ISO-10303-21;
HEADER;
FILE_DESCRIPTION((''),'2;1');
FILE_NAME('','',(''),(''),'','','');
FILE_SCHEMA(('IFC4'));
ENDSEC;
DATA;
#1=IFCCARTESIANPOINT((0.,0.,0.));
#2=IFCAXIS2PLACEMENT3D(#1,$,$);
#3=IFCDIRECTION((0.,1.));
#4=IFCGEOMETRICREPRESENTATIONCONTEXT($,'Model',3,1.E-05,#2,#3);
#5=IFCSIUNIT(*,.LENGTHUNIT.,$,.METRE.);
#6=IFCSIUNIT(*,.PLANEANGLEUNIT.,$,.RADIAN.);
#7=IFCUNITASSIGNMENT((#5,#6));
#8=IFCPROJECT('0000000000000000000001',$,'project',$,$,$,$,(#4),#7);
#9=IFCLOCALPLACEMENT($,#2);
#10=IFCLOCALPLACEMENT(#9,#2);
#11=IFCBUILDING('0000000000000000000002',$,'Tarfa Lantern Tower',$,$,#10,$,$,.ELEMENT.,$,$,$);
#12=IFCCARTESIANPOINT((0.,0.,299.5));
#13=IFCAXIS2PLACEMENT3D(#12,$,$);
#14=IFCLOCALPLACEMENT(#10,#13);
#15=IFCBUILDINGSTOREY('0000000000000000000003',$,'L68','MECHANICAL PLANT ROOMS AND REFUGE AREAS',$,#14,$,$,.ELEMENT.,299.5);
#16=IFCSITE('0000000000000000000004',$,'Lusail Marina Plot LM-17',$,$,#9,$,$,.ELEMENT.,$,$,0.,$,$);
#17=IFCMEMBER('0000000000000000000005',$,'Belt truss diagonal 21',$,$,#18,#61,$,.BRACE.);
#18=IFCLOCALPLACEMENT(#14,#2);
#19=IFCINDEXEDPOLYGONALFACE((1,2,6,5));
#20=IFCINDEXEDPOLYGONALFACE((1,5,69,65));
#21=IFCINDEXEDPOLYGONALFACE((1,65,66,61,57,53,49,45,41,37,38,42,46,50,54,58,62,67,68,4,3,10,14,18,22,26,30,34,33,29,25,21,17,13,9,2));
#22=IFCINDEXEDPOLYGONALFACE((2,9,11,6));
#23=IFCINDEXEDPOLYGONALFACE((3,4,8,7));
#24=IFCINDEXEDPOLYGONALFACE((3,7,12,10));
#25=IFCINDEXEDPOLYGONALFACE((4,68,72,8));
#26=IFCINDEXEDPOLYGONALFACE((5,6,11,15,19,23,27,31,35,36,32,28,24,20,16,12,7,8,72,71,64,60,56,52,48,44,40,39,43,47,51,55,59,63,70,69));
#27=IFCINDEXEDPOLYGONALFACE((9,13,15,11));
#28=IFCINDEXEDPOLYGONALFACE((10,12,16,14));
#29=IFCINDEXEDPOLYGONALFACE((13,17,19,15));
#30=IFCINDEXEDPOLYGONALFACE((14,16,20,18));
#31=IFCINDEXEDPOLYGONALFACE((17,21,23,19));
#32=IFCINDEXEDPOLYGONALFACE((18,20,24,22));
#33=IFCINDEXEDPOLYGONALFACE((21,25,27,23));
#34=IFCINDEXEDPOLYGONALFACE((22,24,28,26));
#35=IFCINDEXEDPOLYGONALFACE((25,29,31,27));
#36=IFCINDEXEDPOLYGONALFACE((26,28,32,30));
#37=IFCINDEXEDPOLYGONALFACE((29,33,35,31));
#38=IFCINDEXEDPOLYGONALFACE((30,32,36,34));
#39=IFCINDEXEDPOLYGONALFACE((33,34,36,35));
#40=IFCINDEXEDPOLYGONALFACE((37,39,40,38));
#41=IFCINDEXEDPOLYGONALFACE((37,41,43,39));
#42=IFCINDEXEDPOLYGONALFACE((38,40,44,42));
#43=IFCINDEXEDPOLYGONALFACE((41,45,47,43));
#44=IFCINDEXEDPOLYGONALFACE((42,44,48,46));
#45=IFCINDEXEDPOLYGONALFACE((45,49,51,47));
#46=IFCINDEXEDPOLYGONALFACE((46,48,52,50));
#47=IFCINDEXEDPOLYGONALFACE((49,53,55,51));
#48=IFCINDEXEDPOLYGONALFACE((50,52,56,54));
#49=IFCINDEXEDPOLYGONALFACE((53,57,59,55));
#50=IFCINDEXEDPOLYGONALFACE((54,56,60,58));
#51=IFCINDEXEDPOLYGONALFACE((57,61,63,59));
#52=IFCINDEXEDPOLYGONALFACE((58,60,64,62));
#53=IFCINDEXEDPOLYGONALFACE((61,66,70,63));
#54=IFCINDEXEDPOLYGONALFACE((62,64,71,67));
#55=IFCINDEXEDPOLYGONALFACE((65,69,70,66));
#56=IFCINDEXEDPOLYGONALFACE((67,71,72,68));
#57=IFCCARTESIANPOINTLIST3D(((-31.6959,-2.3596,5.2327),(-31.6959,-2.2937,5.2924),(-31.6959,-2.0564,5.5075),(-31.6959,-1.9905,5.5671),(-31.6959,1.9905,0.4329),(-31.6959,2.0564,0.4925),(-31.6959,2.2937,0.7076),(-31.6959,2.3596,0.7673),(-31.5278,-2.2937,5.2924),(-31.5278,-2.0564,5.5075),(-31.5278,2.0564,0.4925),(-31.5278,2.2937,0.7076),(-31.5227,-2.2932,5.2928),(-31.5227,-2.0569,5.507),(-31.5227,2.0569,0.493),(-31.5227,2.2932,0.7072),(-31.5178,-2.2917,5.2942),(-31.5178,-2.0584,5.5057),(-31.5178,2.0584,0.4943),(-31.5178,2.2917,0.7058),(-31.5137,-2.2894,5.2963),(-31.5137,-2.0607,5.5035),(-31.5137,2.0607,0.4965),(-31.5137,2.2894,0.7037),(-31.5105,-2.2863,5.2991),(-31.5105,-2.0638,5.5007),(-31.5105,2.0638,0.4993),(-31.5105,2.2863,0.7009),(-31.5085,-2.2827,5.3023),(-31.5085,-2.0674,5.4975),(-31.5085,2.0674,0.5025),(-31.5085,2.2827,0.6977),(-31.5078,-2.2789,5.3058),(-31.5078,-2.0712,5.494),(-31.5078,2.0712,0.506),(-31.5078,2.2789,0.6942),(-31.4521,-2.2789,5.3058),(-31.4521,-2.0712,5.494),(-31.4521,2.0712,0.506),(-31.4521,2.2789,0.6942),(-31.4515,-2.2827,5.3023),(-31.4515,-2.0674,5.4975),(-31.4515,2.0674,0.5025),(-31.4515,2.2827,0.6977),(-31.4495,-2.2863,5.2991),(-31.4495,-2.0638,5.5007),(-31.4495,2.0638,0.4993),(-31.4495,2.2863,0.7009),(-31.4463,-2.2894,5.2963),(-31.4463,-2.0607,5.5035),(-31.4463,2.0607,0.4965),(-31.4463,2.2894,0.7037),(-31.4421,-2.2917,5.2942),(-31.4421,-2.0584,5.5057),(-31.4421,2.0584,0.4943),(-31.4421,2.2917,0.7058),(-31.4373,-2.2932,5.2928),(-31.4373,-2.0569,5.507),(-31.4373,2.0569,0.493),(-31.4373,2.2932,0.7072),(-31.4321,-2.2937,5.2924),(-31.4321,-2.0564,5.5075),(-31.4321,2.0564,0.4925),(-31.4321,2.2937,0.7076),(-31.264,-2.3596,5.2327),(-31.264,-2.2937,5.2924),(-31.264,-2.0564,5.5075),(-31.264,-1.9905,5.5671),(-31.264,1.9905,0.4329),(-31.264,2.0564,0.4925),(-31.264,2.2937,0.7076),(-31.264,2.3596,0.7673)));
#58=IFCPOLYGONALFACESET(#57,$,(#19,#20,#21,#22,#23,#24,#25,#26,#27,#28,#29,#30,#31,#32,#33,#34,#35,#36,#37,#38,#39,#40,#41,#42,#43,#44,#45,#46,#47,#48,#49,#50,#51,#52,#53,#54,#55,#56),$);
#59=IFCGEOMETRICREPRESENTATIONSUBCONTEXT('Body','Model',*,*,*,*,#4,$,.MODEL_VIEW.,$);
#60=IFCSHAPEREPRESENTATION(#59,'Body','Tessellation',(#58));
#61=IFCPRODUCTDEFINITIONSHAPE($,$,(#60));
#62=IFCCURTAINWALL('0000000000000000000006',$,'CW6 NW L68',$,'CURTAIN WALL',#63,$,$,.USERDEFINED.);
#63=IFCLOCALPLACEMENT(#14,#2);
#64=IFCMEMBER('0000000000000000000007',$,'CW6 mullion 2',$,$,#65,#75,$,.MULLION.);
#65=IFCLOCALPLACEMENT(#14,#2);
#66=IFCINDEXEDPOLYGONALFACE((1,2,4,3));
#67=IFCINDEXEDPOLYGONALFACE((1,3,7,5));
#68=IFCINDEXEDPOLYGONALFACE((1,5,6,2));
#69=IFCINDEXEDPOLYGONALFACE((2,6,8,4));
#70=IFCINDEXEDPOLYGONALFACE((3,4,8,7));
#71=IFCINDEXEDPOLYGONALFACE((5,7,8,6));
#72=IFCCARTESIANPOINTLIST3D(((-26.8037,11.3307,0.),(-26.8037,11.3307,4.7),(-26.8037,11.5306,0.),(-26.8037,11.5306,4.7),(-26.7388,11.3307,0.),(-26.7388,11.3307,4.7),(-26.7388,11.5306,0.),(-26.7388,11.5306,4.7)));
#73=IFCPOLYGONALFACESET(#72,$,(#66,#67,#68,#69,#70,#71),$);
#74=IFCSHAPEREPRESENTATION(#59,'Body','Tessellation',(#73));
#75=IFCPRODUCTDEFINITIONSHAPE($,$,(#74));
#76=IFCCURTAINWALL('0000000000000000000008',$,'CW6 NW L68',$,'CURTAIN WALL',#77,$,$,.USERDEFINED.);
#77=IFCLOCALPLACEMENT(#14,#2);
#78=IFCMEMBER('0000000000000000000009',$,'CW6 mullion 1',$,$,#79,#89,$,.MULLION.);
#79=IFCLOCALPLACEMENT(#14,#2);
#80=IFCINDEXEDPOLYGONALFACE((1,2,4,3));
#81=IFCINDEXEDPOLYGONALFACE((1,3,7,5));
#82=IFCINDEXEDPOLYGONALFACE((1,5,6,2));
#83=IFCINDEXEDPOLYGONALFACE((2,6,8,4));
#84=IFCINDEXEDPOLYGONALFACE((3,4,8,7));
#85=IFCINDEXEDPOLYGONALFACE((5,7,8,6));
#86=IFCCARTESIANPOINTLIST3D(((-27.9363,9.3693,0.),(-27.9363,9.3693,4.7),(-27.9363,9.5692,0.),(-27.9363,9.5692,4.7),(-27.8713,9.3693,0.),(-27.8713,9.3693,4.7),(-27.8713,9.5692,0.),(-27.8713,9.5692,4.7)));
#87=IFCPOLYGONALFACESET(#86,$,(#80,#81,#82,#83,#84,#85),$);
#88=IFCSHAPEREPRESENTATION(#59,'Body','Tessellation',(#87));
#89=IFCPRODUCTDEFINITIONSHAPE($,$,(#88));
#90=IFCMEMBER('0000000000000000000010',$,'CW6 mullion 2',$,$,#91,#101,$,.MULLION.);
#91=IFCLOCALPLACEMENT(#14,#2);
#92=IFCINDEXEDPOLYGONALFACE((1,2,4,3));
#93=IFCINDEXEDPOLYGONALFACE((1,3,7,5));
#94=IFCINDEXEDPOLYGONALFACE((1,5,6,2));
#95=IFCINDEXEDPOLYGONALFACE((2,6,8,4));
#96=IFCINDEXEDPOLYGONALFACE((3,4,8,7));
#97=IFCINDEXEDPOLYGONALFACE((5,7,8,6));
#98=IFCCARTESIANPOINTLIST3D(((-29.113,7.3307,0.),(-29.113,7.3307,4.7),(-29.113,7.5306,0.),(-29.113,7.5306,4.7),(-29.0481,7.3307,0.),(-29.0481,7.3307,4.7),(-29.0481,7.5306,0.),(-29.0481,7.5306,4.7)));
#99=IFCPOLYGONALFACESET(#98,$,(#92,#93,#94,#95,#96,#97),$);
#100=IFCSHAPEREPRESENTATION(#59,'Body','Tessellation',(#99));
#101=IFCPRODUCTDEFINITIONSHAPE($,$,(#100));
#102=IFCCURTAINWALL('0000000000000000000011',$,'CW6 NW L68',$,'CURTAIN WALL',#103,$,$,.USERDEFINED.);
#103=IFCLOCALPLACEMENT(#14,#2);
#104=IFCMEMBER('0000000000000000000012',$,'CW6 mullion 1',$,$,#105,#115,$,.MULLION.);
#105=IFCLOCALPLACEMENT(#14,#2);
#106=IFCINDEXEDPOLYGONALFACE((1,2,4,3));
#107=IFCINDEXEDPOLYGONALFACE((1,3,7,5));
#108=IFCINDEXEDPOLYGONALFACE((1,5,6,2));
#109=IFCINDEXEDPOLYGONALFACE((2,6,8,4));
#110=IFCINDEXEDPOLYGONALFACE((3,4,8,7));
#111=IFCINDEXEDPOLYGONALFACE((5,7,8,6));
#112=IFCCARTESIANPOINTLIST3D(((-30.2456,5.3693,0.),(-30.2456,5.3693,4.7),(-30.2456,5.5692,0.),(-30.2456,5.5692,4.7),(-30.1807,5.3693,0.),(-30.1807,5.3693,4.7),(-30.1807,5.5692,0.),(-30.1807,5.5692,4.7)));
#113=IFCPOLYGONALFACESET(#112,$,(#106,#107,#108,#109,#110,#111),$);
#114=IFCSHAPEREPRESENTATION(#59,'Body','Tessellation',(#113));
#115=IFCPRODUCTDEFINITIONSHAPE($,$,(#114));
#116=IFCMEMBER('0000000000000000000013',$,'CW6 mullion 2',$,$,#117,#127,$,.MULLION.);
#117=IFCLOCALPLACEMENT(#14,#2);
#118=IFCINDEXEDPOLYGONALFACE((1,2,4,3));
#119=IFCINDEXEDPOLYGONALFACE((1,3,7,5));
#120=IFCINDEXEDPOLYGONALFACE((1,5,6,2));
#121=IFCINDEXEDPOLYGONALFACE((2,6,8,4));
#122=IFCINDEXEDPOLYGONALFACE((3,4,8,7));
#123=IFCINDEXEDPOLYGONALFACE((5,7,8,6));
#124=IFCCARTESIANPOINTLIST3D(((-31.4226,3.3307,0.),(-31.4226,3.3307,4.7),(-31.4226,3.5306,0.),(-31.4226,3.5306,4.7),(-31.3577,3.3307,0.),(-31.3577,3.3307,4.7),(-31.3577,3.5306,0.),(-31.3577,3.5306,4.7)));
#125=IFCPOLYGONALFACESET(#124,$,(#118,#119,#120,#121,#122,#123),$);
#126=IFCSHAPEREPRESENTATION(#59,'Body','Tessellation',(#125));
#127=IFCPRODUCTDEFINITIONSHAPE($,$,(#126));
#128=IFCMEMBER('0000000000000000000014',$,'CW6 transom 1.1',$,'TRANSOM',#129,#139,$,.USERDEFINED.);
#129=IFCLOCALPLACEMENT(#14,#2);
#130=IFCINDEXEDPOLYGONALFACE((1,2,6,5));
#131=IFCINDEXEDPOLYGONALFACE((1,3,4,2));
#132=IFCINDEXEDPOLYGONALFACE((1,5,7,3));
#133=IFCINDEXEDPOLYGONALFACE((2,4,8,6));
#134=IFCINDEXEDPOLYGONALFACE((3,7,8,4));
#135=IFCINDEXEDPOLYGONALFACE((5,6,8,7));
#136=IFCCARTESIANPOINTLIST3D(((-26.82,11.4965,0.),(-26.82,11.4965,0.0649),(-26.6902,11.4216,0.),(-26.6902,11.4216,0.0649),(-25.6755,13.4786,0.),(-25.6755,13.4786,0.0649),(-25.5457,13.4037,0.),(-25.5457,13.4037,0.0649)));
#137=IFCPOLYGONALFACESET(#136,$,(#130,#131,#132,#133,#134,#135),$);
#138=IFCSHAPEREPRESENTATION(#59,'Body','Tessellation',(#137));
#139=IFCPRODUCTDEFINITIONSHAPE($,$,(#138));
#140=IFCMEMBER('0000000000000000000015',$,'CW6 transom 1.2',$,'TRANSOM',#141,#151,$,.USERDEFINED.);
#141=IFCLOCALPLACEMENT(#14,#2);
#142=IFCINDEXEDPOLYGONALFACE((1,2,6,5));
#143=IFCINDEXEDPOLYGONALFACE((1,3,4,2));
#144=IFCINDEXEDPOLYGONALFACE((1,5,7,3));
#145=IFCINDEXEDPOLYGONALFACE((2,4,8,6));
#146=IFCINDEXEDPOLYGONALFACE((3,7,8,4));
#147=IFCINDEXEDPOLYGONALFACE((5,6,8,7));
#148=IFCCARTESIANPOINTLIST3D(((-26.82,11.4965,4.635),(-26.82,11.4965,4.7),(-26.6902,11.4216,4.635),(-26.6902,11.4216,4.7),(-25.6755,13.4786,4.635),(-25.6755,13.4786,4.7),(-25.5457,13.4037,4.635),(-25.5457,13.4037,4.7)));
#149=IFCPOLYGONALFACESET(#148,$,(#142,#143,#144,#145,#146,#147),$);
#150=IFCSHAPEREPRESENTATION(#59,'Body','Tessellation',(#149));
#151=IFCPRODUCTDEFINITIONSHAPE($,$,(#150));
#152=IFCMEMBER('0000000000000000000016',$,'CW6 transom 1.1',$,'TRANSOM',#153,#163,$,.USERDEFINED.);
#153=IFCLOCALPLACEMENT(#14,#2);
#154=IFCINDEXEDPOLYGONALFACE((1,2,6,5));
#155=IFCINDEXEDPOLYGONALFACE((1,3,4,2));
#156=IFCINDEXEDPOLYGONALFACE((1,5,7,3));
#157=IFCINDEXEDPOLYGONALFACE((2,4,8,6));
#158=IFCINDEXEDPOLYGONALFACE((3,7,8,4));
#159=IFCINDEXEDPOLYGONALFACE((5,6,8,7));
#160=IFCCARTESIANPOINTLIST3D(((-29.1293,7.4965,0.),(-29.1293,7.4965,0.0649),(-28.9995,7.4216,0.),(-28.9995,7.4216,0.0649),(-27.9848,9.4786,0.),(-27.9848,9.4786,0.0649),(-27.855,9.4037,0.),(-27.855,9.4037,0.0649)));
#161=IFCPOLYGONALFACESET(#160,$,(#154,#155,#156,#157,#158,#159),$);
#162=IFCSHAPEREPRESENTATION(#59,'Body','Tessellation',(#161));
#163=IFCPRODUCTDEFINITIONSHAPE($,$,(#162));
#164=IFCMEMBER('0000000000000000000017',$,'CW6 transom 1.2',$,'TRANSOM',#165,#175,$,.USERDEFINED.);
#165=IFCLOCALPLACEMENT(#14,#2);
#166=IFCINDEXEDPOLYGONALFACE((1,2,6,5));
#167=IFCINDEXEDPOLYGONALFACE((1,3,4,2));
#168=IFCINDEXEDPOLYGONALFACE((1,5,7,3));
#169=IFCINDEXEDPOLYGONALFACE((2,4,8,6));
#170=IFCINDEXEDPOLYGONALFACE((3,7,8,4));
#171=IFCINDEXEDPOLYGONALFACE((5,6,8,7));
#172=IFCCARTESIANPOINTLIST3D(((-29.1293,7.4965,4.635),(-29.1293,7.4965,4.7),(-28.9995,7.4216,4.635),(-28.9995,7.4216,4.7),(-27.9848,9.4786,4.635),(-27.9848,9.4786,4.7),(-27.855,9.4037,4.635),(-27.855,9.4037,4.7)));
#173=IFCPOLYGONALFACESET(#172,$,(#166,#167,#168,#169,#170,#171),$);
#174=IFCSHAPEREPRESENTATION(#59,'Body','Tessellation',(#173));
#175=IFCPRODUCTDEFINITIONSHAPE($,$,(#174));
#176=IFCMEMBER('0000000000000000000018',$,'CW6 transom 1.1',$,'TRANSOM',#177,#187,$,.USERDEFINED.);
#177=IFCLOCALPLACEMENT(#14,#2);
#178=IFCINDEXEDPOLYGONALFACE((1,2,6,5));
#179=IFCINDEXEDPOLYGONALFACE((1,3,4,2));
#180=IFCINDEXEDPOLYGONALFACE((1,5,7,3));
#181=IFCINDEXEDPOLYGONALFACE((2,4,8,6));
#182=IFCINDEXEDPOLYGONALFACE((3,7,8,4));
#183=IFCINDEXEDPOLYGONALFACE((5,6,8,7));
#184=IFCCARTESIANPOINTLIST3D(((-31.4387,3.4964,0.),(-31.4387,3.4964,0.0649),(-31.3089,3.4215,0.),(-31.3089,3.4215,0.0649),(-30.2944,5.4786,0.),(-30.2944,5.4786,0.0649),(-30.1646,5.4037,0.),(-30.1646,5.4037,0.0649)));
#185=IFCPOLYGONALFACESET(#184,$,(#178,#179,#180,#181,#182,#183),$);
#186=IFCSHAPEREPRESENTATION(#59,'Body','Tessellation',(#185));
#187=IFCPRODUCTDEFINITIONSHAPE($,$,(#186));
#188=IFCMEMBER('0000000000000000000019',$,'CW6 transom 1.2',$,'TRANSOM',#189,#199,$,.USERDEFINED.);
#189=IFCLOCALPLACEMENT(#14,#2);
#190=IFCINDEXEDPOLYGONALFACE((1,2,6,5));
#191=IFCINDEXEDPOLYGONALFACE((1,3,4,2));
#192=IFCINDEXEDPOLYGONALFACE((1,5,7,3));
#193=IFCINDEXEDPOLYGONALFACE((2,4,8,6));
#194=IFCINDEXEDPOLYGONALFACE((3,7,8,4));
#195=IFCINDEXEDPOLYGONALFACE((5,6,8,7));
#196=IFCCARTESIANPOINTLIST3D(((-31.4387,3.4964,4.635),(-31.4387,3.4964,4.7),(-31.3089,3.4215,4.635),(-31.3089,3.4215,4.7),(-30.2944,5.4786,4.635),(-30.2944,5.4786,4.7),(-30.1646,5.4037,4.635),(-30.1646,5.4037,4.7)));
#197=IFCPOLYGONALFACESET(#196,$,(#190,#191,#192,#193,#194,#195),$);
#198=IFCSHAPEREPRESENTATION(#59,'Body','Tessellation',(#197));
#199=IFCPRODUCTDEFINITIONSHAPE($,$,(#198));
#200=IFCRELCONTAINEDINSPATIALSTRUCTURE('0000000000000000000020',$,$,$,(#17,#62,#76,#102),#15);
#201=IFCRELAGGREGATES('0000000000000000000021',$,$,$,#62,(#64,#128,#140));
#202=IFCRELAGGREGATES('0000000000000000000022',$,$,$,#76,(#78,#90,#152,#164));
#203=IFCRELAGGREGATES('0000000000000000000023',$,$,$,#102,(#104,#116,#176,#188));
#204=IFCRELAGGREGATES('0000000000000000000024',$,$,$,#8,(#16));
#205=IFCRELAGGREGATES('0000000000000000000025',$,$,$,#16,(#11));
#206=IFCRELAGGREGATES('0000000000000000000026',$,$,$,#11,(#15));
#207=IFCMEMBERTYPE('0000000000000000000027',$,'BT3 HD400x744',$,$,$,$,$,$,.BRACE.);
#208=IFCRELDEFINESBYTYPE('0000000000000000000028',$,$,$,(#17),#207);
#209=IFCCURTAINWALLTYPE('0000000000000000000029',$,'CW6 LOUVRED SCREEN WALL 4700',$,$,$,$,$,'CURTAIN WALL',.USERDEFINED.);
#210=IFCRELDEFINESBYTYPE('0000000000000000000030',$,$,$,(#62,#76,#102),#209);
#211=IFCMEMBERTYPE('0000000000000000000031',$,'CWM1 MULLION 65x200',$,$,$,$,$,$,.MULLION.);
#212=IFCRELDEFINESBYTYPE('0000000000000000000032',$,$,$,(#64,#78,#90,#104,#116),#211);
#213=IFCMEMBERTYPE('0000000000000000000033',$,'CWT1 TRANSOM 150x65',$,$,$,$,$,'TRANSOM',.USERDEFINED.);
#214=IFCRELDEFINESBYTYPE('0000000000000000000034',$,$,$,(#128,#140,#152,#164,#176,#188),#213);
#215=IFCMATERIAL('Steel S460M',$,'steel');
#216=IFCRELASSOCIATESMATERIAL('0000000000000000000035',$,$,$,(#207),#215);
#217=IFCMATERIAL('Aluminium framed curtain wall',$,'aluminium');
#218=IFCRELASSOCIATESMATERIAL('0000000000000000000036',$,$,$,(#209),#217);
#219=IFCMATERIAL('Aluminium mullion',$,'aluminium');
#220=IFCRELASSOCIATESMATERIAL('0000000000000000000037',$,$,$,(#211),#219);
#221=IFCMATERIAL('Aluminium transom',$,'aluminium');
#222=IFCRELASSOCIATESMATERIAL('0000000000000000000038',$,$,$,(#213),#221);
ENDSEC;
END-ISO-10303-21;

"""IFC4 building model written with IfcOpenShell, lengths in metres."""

from ifc_helpers import new_model, si_unit, direction, frame, origin, origin_2d, place, context, subcontext, project, spatial, rectangle, i_section, extrude, material, material_profile, profile_set, type_object, element, aggregate, save


model = new_model("IFC4")

# Units and contexts
model_context = context("Model", 3, precision=1e-05, world=origin(), true_north=direction((0.0, 1.0)))
body_context = subcontext(model_context, "Body", "Model", "MODEL_VIEW")
ifc_project = project(units=[si_unit("LENGTHUNIT", "METRE"), si_unit("PLANEANGLEUNIT", "RADIAN")], contexts=[model_context])

# Site, building, storey
site_placement = place(None, origin())
site = spatial("IfcSite", under=ifc_project, at=site_placement, Name="Lusail Marina Plot LM-17", CompositionType="ELEMENT", RefElevation=0.0)
building_placement = place(site_placement, origin())
building = spatial("IfcBuilding", under=site, at=building_placement, Name="Tarfa Lantern Tower", CompositionType="ELEMENT")
storey_placement = place(building_placement, frame((0.0, 0.0, 299.5)))
storey = spatial("IfcBuildingStorey", under=building, at=storey_placement, Name="L68", Description="MECHANICAL PLANT ROOMS AND REFUGE AREAS", CompositionType="ELEMENT", Elevation=299.5)

# Member
ifc_material_1 = material(Name="Steel S460M", Category="steel")
ifc_material_profile_1 = material_profile(ifc_material_1, i_section(OverallWidth=0.4319, OverallDepth=0.498, WebThickness=0.0557, FlangeThickness=0.0889, FilletRadius=0.02, at=origin_2d()), Name="HD400x744")
ifc_profile_set_1 = profile_set([ifc_material_profile_1], Name="Steel S460M")
member_type_1 = type_object("IfcMemberType", Name="BT3 HD400x744", PredefinedType="BRACE", material=ifc_profile_set_1)
member_1_placement = place(storey_placement, frame((-31.48, 2.175, 0.6001), z_axis=(0.0, -0.671543, 0.740966), x_axis=(1.0, 0.0, 0.0)))
element("IfcMember", 1, at=member_1_placement, inside=storey, type_object=member_type_1, Name="Belt truss diagonal 21", PredefinedType="BRACE", context=body_context, shape_type="SweptSolid", body=[
    extrude(i_section(OverallWidth=0.4319, OverallDepth=0.498, WebThickness=0.0557, FlangeThickness=0.0889, FilletRadius=0.02, at=origin_2d()), origin(), (0.0, 0.0, 1.0), 6.4778),
])

# Curtain wall, member
ifc_material_2 = material(Name="Aluminium framed curtain wall", Category="aluminium")
curtain_wall_type = type_object("IfcCurtainWallType", Name="CW6 LOUVRED SCREEN WALL 4700", ElementType="CURTAIN WALL", PredefinedType="USERDEFINED", material=ifc_material_2)
curtain_wall_1_placement = place(storey_placement, origin())
curtain_wall_1 = element("IfcCurtainWall", 2, at=curtain_wall_1_placement, inside=storey, type_object=curtain_wall_type, Name="CW6 NW L68", ObjectType="CURTAIN WALL", PredefinedType="USERDEFINED")
ifc_material_3 = material(Name="Aluminium mullion", Category="aluminium")
ifc_material_profile_2 = material_profile(ifc_material_3, rectangle(XDim=0.0649, YDim=0.2, at=origin_2d()), Name="AL MULLION 65x200")
ifc_profile_set_2 = profile_set([ifc_material_profile_2], Name="Aluminium mullion")
member_type_2 = type_object("IfcMemberType", Name="CWM1 MULLION 65x200", PredefinedType="MULLION", material=ifc_profile_set_2)
member_2_placement = place(storey_placement, frame((-26.7712, 11.4307, 0.0), z_axis=(0.0, 0.0, 1.0), x_axis=(1.0, 0.0, 0.0)))
member_2 = element("IfcMember", 3, at=member_2_placement, type_object=member_type_2, Name="CW6 mullion 2", PredefinedType="MULLION", context=body_context, shape_type="SweptSolid", body=[
    extrude(rectangle(XDim=0.0649, YDim=0.2, at=origin_2d()), origin(), (0.0, 0.0, 1.0), 4.7),
])

# Curtain walls, members
curtain_wall_2_placement = place(storey_placement, origin())
curtain_wall_2 = element("IfcCurtainWall", 4, at=curtain_wall_2_placement, inside=storey, type_object=curtain_wall_type, Name="CW6 NW L68", ObjectType="CURTAIN WALL", PredefinedType="USERDEFINED")
member_3_placement = place(storey_placement, frame((-27.9038, 9.4692, 0.0), z_axis=(0.0, 0.0, 1.0), x_axis=(1.0, 0.0, 0.0)))
member_3 = element("IfcMember", 5, at=member_3_placement, type_object=member_type_2, Name="CW6 mullion 1", PredefinedType="MULLION", context=body_context, shape_type="SweptSolid", body=[
    extrude(rectangle(XDim=0.0649, YDim=0.2, at=origin_2d()), origin(), (0.0, 0.0, 1.0), 4.7),
])
member_4_placement = place(storey_placement, frame((-29.0806, 7.4307, 0.0), z_axis=(0.0, 0.0, 1.0), x_axis=(1.0, 0.0, 0.0)))
member_4 = element("IfcMember", 6, at=member_4_placement, type_object=member_type_2, Name="CW6 mullion 2", PredefinedType="MULLION", context=body_context, shape_type="SweptSolid", body=[
    extrude(rectangle(XDim=0.0649, YDim=0.2, at=origin_2d()), origin(), (0.0, 0.0, 1.0), 4.7),
])
curtain_wall_3_placement = place(storey_placement, origin())
curtain_wall_3 = element("IfcCurtainWall", 7, at=curtain_wall_3_placement, inside=storey, type_object=curtain_wall_type, Name="CW6 NW L68", ObjectType="CURTAIN WALL", PredefinedType="USERDEFINED")
member_5_placement = place(storey_placement, frame((-30.2131, 5.4692, 0.0), z_axis=(0.0, 0.0, 1.0), x_axis=(1.0, 0.0, 0.0)))
member_5 = element("IfcMember", 8, at=member_5_placement, type_object=member_type_2, Name="CW6 mullion 1", PredefinedType="MULLION", context=body_context, shape_type="SweptSolid", body=[
    extrude(rectangle(XDim=0.0649, YDim=0.2, at=origin_2d()), origin(), (0.0, 0.0, 1.0), 4.7),
])
member_6_placement = place(storey_placement, frame((-31.3901, 3.4307, 0.0), z_axis=(0.0, 0.0, 1.0), x_axis=(1.0, 0.0, 0.0)))
member_6 = element("IfcMember", 9, at=member_6_placement, type_object=member_type_2, Name="CW6 mullion 2", PredefinedType="MULLION", context=body_context, shape_type="SweptSolid", body=[
    extrude(rectangle(XDim=0.0649, YDim=0.2, at=origin_2d()), origin(), (0.0, 0.0, 1.0), 4.7),
])

# Members
ifc_material_4 = material(Name="Aluminium transom", Category="aluminium")
ifc_material_profile_3 = material_profile(ifc_material_4, rectangle(XDim=0.1499, YDim=0.0649, at=origin_2d()), Name="AL TRANSOM 150x65")
ifc_profile_set_3 = profile_set([ifc_material_profile_3], Name="Aluminium transom")
member_type_3 = type_object("IfcMemberType", Name="CWT1 TRANSOM 150x65", ElementType="TRANSOM", PredefinedType="USERDEFINED", material=ifc_profile_set_3)
member_7_placement = place(storey_placement, frame((-25.6106, 13.4412, 0.0325), z_axis=(-0.500039, -0.866003, 0.0), x_axis=(0.866003, -0.500039, 0.0)))
member_7 = element("IfcMember", 10, at=member_7_placement, type_object=member_type_3, Name="CW6 transom 1.1", ObjectType="TRANSOM", PredefinedType="USERDEFINED", context=body_context, shape_type="SweptSolid", body=[
    extrude(rectangle(XDim=0.1499, YDim=0.0649, at=origin_2d()), origin(), (0.0, 0.0, 1.0), 2.2888),
])
member_8_placement = place(storey_placement, frame((-25.6106, 13.4412, 4.6675), z_axis=(-0.500039, -0.866003, 0.0), x_axis=(0.866003, -0.500039, 0.0)))
member_8 = element("IfcMember", 11, at=member_8_placement, type_object=member_type_3, Name="CW6 transom 1.2", ObjectType="TRANSOM", PredefinedType="USERDEFINED", context=body_context, shape_type="SweptSolid", body=[
    extrude(rectangle(XDim=0.1499, YDim=0.0649, at=origin_2d()), origin(), (0.0, 0.0, 1.0), 2.2888),
])
member_9_placement = place(storey_placement, frame((-27.9199, 9.4412, 0.0325), z_axis=(-0.500039, -0.866003, 0.0), x_axis=(0.866003, -0.500039, 0.0)))
member_9 = element("IfcMember", 12, at=member_9_placement, type_object=member_type_3, Name="CW6 transom 1.1", ObjectType="TRANSOM", PredefinedType="USERDEFINED", context=body_context, shape_type="SweptSolid", body=[
    extrude(rectangle(XDim=0.1499, YDim=0.0649, at=origin_2d()), origin(), (0.0, 0.0, 1.0), 2.2888),
])
member_10_placement = place(storey_placement, frame((-27.9199, 9.4412, 4.6675), z_axis=(-0.500039, -0.866003, 0.0), x_axis=(0.866003, -0.500039, 0.0)))
member_10 = element("IfcMember", 13, at=member_10_placement, type_object=member_type_3, Name="CW6 transom 1.2", ObjectType="TRANSOM", PredefinedType="USERDEFINED", context=body_context, shape_type="SweptSolid", body=[
    extrude(rectangle(XDim=0.1499, YDim=0.0649, at=origin_2d()), origin(), (0.0, 0.0, 1.0), 2.2888),
])
member_11_placement = place(storey_placement, frame((-30.2295, 5.4412, 0.0325), z_axis=(-0.499959, -0.866049, 0.0), x_axis=(0.866049, -0.499959, 0.0)))
member_11 = element("IfcMember", 14, at=member_11_placement, type_object=member_type_3, Name="CW6 transom 1.1", ObjectType="TRANSOM", PredefinedType="USERDEFINED", context=body_context, shape_type="SweptSolid", body=[
    extrude(rectangle(XDim=0.1499, YDim=0.0649, at=origin_2d()), origin(), (0.0, 0.0, 1.0), 2.2888),
])
member_12_placement = place(storey_placement, frame((-30.2295, 5.4412, 4.6675), z_axis=(-0.499959, -0.866049, 0.0), x_axis=(0.866049, -0.499959, 0.0)))
member_12 = element("IfcMember", 15, at=member_12_placement, type_object=member_type_3, Name="CW6 transom 1.2", ObjectType="TRANSOM", PredefinedType="USERDEFINED", context=body_context, shape_type="SweptSolid", body=[
    extrude(rectangle(XDim=0.1499, YDim=0.0649, at=origin_2d()), origin(), (0.0, 0.0, 1.0), 2.2888),
])

aggregate(curtain_wall_1, [member_2, member_7, member_8])
aggregate(curtain_wall_2, [member_3, member_4, member_9, member_10])
aggregate(curtain_wall_3, [member_5, member_6, member_11, member_12])

save(model, "model.ifc")
